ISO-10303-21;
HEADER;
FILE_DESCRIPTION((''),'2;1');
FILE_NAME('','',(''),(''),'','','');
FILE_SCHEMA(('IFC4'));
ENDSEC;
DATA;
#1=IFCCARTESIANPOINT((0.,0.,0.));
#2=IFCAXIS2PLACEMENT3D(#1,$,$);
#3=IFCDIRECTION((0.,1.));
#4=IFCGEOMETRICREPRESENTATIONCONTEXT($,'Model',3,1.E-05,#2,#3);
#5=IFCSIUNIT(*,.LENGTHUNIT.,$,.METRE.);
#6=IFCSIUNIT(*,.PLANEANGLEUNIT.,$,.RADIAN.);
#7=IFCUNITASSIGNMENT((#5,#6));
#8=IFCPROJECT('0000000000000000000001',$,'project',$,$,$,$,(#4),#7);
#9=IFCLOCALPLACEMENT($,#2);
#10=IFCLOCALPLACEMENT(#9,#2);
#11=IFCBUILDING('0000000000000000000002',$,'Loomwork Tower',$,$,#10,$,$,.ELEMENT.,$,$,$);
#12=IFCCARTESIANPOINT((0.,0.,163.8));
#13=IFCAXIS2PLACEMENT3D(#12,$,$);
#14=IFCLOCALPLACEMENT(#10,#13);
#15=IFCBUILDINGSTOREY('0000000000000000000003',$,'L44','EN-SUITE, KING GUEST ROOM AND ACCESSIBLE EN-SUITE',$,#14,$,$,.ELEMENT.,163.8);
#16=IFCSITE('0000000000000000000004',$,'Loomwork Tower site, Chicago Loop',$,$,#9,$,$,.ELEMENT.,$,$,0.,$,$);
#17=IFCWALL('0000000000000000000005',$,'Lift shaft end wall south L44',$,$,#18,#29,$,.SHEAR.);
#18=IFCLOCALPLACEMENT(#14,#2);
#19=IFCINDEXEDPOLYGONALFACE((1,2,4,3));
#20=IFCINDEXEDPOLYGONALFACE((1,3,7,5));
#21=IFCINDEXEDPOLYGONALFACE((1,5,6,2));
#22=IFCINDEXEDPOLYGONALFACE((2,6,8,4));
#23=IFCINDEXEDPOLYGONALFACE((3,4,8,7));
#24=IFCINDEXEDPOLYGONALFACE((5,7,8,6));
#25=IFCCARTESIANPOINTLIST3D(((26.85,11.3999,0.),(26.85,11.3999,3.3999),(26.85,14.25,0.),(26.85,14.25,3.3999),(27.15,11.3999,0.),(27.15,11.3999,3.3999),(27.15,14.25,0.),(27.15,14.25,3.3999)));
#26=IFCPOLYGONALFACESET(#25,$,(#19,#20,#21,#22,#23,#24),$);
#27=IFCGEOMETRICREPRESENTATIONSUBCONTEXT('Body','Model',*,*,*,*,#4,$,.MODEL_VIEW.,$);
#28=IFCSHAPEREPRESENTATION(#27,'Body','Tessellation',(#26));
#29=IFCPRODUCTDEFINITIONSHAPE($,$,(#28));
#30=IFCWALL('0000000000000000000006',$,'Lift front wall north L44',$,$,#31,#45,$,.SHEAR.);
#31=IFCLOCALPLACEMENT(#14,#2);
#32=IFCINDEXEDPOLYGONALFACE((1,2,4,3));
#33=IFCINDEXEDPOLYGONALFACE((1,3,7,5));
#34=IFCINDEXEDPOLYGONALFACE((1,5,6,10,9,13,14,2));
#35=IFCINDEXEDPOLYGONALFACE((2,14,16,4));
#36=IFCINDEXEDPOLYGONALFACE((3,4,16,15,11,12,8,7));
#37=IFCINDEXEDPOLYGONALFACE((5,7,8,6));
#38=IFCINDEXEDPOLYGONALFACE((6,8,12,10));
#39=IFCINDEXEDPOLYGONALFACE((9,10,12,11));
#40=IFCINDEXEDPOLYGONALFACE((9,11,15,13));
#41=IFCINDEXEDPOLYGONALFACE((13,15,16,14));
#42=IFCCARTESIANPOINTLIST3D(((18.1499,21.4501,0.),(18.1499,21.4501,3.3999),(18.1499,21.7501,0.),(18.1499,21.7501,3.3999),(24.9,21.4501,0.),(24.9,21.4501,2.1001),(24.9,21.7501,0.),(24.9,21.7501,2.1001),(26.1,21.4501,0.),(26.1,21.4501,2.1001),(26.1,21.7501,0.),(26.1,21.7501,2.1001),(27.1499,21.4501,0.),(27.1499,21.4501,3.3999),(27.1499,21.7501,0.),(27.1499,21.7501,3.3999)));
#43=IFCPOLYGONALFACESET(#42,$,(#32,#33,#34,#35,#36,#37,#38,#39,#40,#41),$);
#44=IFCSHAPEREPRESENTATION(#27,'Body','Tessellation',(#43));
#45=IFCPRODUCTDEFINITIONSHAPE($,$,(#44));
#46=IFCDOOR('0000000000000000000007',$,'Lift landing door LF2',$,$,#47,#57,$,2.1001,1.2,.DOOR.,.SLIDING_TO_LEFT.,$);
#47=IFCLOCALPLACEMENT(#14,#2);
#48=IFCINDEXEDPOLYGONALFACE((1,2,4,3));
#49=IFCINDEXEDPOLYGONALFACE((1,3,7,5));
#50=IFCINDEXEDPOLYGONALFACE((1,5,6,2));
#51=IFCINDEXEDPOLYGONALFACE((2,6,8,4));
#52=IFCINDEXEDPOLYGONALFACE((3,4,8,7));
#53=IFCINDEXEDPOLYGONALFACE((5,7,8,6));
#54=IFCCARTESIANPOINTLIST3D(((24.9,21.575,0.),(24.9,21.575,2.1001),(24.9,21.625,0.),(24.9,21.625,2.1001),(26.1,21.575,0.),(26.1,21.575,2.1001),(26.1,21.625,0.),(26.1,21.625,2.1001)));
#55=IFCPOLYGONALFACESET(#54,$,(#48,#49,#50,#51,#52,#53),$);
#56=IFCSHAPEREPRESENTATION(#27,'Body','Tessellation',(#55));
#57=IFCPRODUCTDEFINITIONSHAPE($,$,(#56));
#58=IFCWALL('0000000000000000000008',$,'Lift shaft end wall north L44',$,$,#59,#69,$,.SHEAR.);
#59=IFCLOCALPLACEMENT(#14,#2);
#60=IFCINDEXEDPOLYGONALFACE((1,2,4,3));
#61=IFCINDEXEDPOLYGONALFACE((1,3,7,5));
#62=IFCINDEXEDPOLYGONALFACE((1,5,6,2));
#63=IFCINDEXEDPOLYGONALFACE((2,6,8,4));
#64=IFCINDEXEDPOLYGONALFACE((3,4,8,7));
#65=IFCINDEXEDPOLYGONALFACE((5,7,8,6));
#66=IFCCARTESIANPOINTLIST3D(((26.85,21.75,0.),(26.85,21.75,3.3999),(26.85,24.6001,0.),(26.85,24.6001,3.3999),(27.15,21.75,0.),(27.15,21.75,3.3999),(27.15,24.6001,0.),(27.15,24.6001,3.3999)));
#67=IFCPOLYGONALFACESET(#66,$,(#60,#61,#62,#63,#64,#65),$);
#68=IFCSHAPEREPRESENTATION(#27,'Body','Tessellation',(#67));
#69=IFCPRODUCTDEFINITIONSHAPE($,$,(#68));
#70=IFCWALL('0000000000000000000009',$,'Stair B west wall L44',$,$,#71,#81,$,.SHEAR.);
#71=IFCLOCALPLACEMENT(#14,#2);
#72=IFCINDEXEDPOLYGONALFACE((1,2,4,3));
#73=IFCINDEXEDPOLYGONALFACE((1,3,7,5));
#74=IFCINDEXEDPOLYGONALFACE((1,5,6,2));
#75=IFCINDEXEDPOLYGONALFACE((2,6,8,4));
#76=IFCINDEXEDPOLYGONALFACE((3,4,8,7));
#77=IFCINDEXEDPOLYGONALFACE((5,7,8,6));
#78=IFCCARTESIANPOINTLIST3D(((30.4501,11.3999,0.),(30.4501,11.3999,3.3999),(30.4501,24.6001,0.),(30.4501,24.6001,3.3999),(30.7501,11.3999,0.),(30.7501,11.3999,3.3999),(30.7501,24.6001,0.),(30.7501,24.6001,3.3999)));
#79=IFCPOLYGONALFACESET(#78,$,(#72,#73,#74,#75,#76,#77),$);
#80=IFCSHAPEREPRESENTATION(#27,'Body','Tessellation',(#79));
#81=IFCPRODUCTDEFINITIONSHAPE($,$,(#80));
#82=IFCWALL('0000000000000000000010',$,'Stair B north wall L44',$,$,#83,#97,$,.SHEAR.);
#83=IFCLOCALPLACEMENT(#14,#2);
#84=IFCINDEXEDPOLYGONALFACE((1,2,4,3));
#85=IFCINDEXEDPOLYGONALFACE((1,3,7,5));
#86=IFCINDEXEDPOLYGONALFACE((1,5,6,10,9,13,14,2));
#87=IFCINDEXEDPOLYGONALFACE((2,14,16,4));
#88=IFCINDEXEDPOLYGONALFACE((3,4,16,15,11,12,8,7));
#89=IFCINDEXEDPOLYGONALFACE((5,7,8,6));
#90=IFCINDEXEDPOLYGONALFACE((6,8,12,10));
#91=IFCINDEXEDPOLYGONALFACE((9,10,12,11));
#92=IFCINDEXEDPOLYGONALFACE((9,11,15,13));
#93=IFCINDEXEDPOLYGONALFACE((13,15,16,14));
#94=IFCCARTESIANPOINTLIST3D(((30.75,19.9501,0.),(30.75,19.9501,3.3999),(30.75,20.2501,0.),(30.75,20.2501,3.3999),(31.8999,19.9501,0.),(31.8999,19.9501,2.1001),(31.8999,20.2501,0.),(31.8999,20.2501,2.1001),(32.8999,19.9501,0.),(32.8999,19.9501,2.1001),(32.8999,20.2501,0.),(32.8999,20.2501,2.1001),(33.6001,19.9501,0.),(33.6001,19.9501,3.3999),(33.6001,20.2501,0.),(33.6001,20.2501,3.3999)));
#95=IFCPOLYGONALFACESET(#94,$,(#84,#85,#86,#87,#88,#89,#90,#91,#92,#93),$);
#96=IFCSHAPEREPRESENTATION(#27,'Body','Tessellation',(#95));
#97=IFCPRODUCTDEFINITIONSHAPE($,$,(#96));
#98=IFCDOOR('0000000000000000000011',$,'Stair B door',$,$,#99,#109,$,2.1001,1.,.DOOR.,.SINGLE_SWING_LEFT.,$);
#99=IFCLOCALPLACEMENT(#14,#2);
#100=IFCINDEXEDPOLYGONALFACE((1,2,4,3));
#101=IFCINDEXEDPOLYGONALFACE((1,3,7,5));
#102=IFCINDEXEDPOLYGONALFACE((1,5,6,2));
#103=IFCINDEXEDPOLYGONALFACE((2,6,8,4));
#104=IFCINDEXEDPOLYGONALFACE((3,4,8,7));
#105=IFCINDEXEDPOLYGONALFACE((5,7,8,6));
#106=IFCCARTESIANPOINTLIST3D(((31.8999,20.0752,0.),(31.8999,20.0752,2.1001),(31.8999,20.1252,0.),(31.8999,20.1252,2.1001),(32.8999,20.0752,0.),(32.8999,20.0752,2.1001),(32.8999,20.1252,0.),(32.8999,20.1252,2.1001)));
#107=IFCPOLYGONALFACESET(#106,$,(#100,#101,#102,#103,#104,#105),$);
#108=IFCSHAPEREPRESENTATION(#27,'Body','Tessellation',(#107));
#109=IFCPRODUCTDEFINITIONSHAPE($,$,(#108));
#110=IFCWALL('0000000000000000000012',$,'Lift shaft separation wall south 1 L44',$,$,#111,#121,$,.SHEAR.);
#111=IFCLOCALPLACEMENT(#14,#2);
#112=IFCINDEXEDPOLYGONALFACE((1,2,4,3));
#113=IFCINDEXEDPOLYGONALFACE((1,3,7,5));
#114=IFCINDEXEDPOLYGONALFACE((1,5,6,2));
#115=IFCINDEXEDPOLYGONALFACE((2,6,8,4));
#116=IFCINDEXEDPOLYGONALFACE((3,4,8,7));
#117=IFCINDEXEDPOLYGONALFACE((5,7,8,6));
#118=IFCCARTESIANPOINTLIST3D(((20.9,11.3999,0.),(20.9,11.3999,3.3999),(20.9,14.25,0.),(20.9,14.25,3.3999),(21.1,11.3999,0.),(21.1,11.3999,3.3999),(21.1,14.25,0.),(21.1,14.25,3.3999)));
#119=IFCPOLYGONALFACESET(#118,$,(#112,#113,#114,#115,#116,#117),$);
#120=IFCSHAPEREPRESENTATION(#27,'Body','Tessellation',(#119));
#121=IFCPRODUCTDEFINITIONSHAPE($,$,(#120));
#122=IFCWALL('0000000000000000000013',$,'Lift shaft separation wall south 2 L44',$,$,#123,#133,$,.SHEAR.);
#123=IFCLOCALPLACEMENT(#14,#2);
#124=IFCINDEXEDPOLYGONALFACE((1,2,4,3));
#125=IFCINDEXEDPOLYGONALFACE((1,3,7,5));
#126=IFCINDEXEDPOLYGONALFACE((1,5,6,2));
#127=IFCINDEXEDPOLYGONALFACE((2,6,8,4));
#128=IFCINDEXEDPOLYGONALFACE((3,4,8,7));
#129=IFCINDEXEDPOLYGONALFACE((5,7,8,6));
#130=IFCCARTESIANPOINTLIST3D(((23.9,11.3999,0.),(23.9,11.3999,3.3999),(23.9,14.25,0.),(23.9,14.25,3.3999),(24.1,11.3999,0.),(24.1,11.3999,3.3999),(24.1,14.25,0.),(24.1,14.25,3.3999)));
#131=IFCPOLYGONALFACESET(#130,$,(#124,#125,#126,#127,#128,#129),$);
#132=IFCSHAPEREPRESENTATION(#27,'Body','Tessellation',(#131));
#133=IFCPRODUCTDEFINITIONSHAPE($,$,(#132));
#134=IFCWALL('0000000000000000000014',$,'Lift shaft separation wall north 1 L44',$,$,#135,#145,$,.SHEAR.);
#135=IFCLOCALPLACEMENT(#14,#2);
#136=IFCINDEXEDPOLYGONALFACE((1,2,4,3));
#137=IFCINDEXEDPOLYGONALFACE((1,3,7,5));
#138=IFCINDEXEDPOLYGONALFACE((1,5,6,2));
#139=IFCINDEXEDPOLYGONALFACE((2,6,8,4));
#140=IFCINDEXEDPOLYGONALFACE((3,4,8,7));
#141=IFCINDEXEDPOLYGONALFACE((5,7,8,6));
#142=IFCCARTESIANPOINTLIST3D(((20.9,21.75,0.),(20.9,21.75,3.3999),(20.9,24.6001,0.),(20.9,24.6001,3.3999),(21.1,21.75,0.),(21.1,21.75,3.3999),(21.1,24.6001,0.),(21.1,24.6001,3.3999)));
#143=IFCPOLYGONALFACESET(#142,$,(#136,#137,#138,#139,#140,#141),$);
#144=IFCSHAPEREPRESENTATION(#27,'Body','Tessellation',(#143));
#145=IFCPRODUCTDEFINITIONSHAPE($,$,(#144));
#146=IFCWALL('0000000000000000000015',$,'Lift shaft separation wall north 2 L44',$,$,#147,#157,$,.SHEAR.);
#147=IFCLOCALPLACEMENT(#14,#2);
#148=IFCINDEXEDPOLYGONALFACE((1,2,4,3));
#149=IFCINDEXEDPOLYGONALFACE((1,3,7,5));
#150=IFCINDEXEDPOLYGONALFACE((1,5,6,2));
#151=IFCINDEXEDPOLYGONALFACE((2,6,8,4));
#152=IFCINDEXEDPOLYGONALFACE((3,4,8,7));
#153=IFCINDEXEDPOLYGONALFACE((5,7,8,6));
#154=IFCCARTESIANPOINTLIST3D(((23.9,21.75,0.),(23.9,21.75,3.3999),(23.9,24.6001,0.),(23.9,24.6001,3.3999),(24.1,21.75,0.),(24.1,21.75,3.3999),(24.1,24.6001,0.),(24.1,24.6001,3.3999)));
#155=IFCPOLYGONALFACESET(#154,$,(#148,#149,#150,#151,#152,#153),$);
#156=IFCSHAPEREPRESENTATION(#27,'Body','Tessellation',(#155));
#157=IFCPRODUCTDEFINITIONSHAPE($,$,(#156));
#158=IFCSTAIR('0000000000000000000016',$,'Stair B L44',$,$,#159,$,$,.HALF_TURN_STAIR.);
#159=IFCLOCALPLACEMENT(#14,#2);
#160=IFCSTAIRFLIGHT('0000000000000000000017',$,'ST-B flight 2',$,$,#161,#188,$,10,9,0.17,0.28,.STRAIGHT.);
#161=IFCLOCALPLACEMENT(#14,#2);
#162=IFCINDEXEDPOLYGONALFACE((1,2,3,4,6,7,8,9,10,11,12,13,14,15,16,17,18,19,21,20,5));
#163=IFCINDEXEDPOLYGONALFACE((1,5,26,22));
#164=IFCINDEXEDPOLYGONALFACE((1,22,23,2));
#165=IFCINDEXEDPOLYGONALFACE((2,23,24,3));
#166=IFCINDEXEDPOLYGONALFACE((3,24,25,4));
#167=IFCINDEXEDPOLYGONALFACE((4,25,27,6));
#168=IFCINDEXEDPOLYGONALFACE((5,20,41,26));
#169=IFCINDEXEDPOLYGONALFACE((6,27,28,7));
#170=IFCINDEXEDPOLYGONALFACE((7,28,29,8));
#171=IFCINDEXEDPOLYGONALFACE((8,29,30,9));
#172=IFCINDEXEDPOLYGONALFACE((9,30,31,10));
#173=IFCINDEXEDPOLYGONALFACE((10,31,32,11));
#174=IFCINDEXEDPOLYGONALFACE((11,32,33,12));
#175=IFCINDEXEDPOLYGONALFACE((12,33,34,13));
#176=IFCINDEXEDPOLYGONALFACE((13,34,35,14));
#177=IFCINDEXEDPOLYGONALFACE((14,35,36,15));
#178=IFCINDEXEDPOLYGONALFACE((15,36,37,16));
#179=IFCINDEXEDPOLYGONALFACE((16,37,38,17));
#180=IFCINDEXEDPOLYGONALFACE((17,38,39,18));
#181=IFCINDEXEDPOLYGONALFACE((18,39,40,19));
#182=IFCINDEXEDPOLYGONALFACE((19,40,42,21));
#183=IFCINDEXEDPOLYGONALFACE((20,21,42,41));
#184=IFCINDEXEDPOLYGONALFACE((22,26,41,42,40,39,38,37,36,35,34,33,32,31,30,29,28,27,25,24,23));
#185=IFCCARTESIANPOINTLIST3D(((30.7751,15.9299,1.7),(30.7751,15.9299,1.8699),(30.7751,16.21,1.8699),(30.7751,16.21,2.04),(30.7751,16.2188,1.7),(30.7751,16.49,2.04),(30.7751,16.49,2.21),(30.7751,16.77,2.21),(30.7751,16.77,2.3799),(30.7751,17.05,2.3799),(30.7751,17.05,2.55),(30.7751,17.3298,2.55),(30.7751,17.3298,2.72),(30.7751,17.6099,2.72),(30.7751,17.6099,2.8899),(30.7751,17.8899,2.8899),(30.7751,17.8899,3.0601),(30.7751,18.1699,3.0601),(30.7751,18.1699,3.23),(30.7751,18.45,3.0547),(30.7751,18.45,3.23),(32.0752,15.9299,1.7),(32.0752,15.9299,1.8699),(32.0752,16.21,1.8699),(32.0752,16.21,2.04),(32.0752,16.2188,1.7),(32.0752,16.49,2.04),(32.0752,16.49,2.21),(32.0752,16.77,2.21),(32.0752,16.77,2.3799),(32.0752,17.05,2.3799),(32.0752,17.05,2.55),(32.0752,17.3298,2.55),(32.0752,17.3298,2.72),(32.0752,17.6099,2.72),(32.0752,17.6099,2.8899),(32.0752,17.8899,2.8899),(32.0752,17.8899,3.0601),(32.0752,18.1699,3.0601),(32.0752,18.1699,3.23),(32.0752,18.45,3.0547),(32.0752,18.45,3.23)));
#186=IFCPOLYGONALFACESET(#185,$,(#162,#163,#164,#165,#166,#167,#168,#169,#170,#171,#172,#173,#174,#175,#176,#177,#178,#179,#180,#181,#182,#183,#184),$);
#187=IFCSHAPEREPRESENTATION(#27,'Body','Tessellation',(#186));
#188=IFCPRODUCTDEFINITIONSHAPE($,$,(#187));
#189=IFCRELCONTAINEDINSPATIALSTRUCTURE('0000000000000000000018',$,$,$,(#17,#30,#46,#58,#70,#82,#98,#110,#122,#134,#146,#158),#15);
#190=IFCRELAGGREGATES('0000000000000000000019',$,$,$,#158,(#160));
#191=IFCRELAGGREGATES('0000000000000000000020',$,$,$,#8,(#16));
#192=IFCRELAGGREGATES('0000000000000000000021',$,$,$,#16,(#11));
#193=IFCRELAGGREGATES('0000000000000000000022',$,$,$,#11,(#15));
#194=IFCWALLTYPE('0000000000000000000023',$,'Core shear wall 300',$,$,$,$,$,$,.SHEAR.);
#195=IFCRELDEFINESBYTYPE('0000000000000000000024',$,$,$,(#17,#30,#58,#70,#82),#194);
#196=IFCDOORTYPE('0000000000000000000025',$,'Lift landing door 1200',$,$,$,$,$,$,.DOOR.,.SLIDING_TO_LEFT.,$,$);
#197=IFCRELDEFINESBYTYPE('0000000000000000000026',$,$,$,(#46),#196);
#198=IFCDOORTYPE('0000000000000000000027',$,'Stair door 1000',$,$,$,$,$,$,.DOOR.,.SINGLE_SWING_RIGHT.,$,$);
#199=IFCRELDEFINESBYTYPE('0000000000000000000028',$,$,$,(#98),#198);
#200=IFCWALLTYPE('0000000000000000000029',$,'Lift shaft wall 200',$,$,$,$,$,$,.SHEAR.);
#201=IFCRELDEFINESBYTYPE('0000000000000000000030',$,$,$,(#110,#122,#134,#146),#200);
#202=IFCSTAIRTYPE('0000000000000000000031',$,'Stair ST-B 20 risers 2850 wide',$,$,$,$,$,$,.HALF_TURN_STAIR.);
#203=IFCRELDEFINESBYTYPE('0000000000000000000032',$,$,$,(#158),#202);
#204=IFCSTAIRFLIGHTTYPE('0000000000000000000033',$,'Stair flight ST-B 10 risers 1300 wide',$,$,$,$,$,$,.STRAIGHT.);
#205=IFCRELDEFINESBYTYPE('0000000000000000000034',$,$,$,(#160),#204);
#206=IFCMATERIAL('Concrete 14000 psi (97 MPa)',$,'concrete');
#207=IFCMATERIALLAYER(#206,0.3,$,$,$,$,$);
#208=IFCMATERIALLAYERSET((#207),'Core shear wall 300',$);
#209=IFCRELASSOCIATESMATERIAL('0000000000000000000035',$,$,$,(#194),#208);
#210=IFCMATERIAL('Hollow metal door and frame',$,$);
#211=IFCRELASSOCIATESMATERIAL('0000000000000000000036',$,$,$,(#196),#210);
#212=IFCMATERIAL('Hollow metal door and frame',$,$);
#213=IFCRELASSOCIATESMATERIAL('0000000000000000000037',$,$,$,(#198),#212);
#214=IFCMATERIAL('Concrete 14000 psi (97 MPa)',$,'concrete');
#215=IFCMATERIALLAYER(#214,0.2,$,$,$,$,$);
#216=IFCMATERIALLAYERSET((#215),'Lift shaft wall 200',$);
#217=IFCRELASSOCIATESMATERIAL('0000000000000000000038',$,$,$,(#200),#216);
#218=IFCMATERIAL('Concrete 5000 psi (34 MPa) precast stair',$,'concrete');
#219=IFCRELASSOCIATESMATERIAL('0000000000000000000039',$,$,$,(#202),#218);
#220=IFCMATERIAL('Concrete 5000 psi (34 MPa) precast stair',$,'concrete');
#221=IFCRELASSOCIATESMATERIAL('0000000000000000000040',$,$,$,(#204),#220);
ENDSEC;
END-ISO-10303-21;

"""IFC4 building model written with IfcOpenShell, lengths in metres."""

from ifc_helpers import new_model, si_unit, direction, frame, frame_2d, origin, place, context, subcontext, project, spatial, polyline, rectangle, outline, extrude, material, layer, layer_set, type_object, element, fill, aggregate, save


model = new_model("IFC4")

# Units and contexts
model_context = context("Model", 3, precision=1e-05, world=origin(), true_north=direction((0.0, 1.0)))
body_context = subcontext(model_context, "Body", "Model", "MODEL_VIEW")
ifc_project = project(units=[si_unit("LENGTHUNIT", "METRE"), si_unit("PLANEANGLEUNIT", "RADIAN")], contexts=[model_context])

# Site, building, storey
site_placement = place(None, origin())
site = spatial("IfcSite", under=ifc_project, at=site_placement, Name="Loomwork Tower site, Chicago Loop", CompositionType="ELEMENT", RefElevation=0.0)
building_placement = place(site_placement, origin())
building = spatial("IfcBuilding", under=site, at=building_placement, Name="Loomwork Tower", CompositionType="ELEMENT")
storey_placement = place(building_placement, frame((0.0, 0.0, 163.8)))
storey = spatial("IfcBuildingStorey", under=building, at=storey_placement, Name="L44", Description="EN-SUITE, KING GUEST ROOM AND ACCESSIBLE EN-SUITE", CompositionType="ELEMENT", Elevation=163.8)

# Wall
ifc_material_1 = material(Name="Concrete 14000 psi (97 MPa)", Category="concrete")
ifc_layer_1 = layer(ifc_material_1, 0.3)
ifc_layer_set_1 = layer_set([ifc_layer_1], Name="Core shear wall 300")
wall_type_1 = type_object("IfcWallType", Name="Core shear wall 300", PredefinedType="SHEAR", material=ifc_layer_set_1)
wall_1_placement = place(storey_placement, frame((27.0, 11.3999, 0.0), z_axis=(0.0, 0.0, 1.0), x_axis=(0.0, 1.0, 0.0)))
element("IfcWall", 1, at=wall_1_placement, inside=storey, type_object=wall_type_1, Name="Lift shaft end wall south L44", PredefinedType="SHEAR", context=body_context, shape_type="SweptSolid", body=[
    extrude(rectangle(XDim=2.8501, YDim=0.3, at=frame_2d((1.425, 0.0))), origin(), (0.0, 0.0, 1.0), 3.3999),
])

# Wall, opening, door
wall_2_placement = place(storey_placement, frame((18.1499, 21.6001, 0.0), z_axis=(0.0, 0.0, 1.0), x_axis=(1.0, 0.0, 0.0)))
wall_2 = element("IfcWall", 2, at=wall_2_placement, inside=storey, type_object=wall_type_1, Name="Lift front wall north L44", PredefinedType="SHEAR", context=body_context, shape_type="SweptSolid", body=[
    extrude(rectangle(XDim=9.0, YDim=0.3, at=frame_2d((4.5, 0.0))), origin(), (0.0, 0.0, 1.0), 3.3999),
])
opening_1_placement = place(wall_2_placement, frame((6.75, 0.0, 0.0)))
opening_1 = element("IfcOpeningElement", 3, at=opening_1_placement, cuts=wall_2, PredefinedType="OPENING", context=body_context, shape_type="SweptSolid", body=[
    extrude(rectangle(XDim=1.2, YDim=2.1001, at=frame_2d((0.6001, 1.05))), frame((0.0, 0.1599, 0.0), z_axis=(0.0, -1.0, 0.0), x_axis=(1.0, 0.0, 0.0)), (0.0, 0.0, 1.0), 0.3201),
])
ifc_material_2 = material(Name="Hollow metal door and frame")
door_type_1 = type_object("IfcDoorType", Name="Lift landing door 1200", OperationType="SLIDING_TO_LEFT", PredefinedType="DOOR", material=ifc_material_2)
door_1_placement = place(opening_1_placement, origin())
door_1 = element("IfcDoor", 4, at=door_1_placement, inside=storey, type_object=door_type_1, Name="Lift landing door LF2", OperationType="SLIDING_TO_LEFT", OverallHeight=2.1001, OverallWidth=1.2, PredefinedType="DOOR", context=body_context, shape_type="SweptSolid", body=[
    extrude(rectangle(XDim=1.2, YDim=2.1001, at=frame_2d((0.6001, 1.05))), frame((0.0, 0.0249, 0.0), z_axis=(0.0, -1.0, 0.0), x_axis=(1.0, 0.0, 0.0)), (0.0, 0.0, 1.0), 0.05),
])
fill(opening_1, door_1)

# Walls
wall_3_placement = place(storey_placement, frame((27.0, 21.75, 0.0), z_axis=(0.0, 0.0, 1.0), x_axis=(0.0, 1.0, 0.0)))
element("IfcWall", 5, at=wall_3_placement, inside=storey, type_object=wall_type_1, Name="Lift shaft end wall north L44", PredefinedType="SHEAR", context=body_context, shape_type="SweptSolid", body=[
    extrude(rectangle(XDim=2.8501, YDim=0.3, at=frame_2d((1.425, 0.0))), origin(), (0.0, 0.0, 1.0), 3.3999),
])
wall_4_placement = place(storey_placement, frame((30.6001, 11.3999, 0.0), z_axis=(0.0, 0.0, 1.0), x_axis=(0.0, 1.0, 0.0)))
element("IfcWall", 6, at=wall_4_placement, inside=storey, type_object=wall_type_1, Name="Stair B west wall L44", PredefinedType="SHEAR", context=body_context, shape_type="SweptSolid", body=[
    extrude(rectangle(XDim=13.2002, YDim=0.3, at=frame_2d((6.6001, 0.0))), origin(), (0.0, 0.0, 1.0), 3.3999),
])

# Wall, opening, door
wall_5_placement = place(storey_placement, frame((30.75, 20.1001, 0.0), z_axis=(0.0, 0.0, 1.0), x_axis=(1.0, 0.0, 0.0)))
wall_5 = element("IfcWall", 7, at=wall_5_placement, inside=storey, type_object=wall_type_1, Name="Stair B north wall L44", PredefinedType="SHEAR", context=body_context, shape_type="SweptSolid", body=[
    extrude(rectangle(XDim=2.8501, YDim=0.3, at=frame_2d((1.425, 0.0))), origin(), (0.0, 0.0, 1.0), 3.3999),
])
opening_2_placement = place(wall_5_placement, frame((1.1499, 0.0, 0.0)))
opening_2 = element("IfcOpeningElement", 8, at=opening_2_placement, cuts=wall_5, PredefinedType="OPENING", context=body_context, shape_type="SweptSolid", body=[
    extrude(rectangle(XDim=1.0, YDim=2.1001, at=frame_2d((0.5, 1.05))), frame((0.0, 0.1599, 0.0), z_axis=(0.0, -1.0, 0.0), x_axis=(1.0, 0.0, 0.0)), (0.0, 0.0, 1.0), 0.3201),
])
ifc_material_3 = material(Name="Hollow metal door and frame")
door_type_2 = type_object("IfcDoorType", Name="Stair door 1000", OperationType="SINGLE_SWING_RIGHT", PredefinedType="DOOR", material=ifc_material_3)
door_2_placement = place(opening_2_placement, frame((1.0, 0.0, 0.0), z_axis=(0.0, 0.0, 1.0), x_axis=(-1.0, 0.0, 0.0)))
door_2 = element("IfcDoor", 9, at=door_2_placement, inside=storey, type_object=door_type_2, Name="Stair B door", OperationType="SINGLE_SWING_LEFT", OverallHeight=2.1001, OverallWidth=1.0, PredefinedType="DOOR", context=body_context, shape_type="SweptSolid", body=[
    extrude(rectangle(XDim=1.0, YDim=2.1001, at=frame_2d((0.5, 1.05))), frame((0.0, 0.0249, 0.0), z_axis=(0.0, -1.0, 0.0), x_axis=(1.0, 0.0, 0.0)), (0.0, 0.0, 1.0), 0.05),
])
fill(opening_2, door_2)

# Walls
ifc_material_4 = material(Name="Concrete 14000 psi (97 MPa)", Category="concrete")
ifc_layer_2 = layer(ifc_material_4, 0.2)
ifc_layer_set_2 = layer_set([ifc_layer_2], Name="Lift shaft wall 200")
wall_type_2 = type_object("IfcWallType", Name="Lift shaft wall 200", PredefinedType="SHEAR", material=ifc_layer_set_2)
for number, where, z_axis, x_axis, name in (
    (10, (21.0, 11.3999, 0.0), (0.0, 0.0, 1.0), (0.0, 1.0, 0.0), "Lift shaft separation wall south 1 L44"),
    (11, (24.0, 11.3999, 0.0), (0.0, 0.0, 1.0), (0.0, 1.0, 0.0), "Lift shaft separation wall south 2 L44"),
    (12, (21.0, 21.75, 0.0), (0.0, 0.0, 1.0), (0.0, 1.0, 0.0), "Lift shaft separation wall north 1 L44"),
    (13, (24.0, 21.75, 0.0), (0.0, 0.0, 1.0), (0.0, 1.0, 0.0), "Lift shaft separation wall north 2 L44"),
):
    element("IfcWall", number, at=place(storey_placement, frame(where, z_axis=z_axis, x_axis=x_axis)), inside=storey, type_object=wall_type_2, Name=name, PredefinedType="SHEAR", context=body_context, shape_type="SweptSolid", body=[
        extrude(rectangle(XDim=2.8501, YDim=0.2, at=frame_2d((1.425, 0.0))), origin(), (0.0, 0.0, 1.0), 3.3999),
    ])

# Stair, stair flight
ifc_material_5 = material(Name="Concrete 5000 psi (34 MPa) precast stair", Category="concrete")
stair_type = type_object("IfcStairType", Name="Stair ST-B 20 risers 2850 wide", PredefinedType="HALF_TURN_STAIR", material=ifc_material_5)
stair_placement = place(storey_placement, origin())
stair = element("IfcStair", 14, at=stair_placement, inside=storey, type_object=stair_type, Name="Stair B L44", PredefinedType="HALF_TURN_STAIR")
ifc_material_6 = material(Name="Concrete 5000 psi (34 MPa) precast stair", Category="concrete")
stair_flight_type = type_object("IfcStairFlightType", Name="Stair flight ST-B 10 risers 1300 wide", PredefinedType="STRAIGHT", material=ifc_material_6)
stair_flight_placement = place(storey_placement, frame((31.425, 15.9299, 1.7), z_axis=(0.0, 0.0, 1.0), x_axis=(0.0, 1.0, 0.0)))
stair_flight = element("IfcStairFlight", 15, at=stair_flight_placement, type_object=stair_flight_type, Name="ST-B flight 2", NumberOfRisers=10, NumberOfTreads=9, PredefinedType="STRAIGHT", RiserHeight=0.17, TreadLength=0.28, context=body_context, shape_type="SweptSolid", body=[
    extrude(outline(polyline([(0.0, 0.0), (0.0, 0.1699), (0.28, 0.1699), (0.28, 0.3401), (0.5601, 0.3401), (0.5601, 0.51), (0.8401, 0.51), (0.8401, 0.6799), (1.1201, 0.6799), (1.1201, 0.8501), (1.3999, 0.8501), (1.3999, 1.02), (1.6799, 1.02), (1.6799, 1.1899), (1.96, 1.1899), (1.96, 1.3601), (2.24, 1.3601), (2.24, 1.53), (2.52, 1.53), (2.52, 1.7), (2.52, 1.3547), (0.2888, 0.0), (0.0, 0.0)])), frame((0.0, 0.6499, 0.0), z_axis=(0.0, -1.0, 0.0), x_axis=(1.0, 0.0, 0.0)), (0.0, 0.0, 1.0), 1.3),
])
aggregate(stair, [stair_flight])

save(model, "model.ifc")
